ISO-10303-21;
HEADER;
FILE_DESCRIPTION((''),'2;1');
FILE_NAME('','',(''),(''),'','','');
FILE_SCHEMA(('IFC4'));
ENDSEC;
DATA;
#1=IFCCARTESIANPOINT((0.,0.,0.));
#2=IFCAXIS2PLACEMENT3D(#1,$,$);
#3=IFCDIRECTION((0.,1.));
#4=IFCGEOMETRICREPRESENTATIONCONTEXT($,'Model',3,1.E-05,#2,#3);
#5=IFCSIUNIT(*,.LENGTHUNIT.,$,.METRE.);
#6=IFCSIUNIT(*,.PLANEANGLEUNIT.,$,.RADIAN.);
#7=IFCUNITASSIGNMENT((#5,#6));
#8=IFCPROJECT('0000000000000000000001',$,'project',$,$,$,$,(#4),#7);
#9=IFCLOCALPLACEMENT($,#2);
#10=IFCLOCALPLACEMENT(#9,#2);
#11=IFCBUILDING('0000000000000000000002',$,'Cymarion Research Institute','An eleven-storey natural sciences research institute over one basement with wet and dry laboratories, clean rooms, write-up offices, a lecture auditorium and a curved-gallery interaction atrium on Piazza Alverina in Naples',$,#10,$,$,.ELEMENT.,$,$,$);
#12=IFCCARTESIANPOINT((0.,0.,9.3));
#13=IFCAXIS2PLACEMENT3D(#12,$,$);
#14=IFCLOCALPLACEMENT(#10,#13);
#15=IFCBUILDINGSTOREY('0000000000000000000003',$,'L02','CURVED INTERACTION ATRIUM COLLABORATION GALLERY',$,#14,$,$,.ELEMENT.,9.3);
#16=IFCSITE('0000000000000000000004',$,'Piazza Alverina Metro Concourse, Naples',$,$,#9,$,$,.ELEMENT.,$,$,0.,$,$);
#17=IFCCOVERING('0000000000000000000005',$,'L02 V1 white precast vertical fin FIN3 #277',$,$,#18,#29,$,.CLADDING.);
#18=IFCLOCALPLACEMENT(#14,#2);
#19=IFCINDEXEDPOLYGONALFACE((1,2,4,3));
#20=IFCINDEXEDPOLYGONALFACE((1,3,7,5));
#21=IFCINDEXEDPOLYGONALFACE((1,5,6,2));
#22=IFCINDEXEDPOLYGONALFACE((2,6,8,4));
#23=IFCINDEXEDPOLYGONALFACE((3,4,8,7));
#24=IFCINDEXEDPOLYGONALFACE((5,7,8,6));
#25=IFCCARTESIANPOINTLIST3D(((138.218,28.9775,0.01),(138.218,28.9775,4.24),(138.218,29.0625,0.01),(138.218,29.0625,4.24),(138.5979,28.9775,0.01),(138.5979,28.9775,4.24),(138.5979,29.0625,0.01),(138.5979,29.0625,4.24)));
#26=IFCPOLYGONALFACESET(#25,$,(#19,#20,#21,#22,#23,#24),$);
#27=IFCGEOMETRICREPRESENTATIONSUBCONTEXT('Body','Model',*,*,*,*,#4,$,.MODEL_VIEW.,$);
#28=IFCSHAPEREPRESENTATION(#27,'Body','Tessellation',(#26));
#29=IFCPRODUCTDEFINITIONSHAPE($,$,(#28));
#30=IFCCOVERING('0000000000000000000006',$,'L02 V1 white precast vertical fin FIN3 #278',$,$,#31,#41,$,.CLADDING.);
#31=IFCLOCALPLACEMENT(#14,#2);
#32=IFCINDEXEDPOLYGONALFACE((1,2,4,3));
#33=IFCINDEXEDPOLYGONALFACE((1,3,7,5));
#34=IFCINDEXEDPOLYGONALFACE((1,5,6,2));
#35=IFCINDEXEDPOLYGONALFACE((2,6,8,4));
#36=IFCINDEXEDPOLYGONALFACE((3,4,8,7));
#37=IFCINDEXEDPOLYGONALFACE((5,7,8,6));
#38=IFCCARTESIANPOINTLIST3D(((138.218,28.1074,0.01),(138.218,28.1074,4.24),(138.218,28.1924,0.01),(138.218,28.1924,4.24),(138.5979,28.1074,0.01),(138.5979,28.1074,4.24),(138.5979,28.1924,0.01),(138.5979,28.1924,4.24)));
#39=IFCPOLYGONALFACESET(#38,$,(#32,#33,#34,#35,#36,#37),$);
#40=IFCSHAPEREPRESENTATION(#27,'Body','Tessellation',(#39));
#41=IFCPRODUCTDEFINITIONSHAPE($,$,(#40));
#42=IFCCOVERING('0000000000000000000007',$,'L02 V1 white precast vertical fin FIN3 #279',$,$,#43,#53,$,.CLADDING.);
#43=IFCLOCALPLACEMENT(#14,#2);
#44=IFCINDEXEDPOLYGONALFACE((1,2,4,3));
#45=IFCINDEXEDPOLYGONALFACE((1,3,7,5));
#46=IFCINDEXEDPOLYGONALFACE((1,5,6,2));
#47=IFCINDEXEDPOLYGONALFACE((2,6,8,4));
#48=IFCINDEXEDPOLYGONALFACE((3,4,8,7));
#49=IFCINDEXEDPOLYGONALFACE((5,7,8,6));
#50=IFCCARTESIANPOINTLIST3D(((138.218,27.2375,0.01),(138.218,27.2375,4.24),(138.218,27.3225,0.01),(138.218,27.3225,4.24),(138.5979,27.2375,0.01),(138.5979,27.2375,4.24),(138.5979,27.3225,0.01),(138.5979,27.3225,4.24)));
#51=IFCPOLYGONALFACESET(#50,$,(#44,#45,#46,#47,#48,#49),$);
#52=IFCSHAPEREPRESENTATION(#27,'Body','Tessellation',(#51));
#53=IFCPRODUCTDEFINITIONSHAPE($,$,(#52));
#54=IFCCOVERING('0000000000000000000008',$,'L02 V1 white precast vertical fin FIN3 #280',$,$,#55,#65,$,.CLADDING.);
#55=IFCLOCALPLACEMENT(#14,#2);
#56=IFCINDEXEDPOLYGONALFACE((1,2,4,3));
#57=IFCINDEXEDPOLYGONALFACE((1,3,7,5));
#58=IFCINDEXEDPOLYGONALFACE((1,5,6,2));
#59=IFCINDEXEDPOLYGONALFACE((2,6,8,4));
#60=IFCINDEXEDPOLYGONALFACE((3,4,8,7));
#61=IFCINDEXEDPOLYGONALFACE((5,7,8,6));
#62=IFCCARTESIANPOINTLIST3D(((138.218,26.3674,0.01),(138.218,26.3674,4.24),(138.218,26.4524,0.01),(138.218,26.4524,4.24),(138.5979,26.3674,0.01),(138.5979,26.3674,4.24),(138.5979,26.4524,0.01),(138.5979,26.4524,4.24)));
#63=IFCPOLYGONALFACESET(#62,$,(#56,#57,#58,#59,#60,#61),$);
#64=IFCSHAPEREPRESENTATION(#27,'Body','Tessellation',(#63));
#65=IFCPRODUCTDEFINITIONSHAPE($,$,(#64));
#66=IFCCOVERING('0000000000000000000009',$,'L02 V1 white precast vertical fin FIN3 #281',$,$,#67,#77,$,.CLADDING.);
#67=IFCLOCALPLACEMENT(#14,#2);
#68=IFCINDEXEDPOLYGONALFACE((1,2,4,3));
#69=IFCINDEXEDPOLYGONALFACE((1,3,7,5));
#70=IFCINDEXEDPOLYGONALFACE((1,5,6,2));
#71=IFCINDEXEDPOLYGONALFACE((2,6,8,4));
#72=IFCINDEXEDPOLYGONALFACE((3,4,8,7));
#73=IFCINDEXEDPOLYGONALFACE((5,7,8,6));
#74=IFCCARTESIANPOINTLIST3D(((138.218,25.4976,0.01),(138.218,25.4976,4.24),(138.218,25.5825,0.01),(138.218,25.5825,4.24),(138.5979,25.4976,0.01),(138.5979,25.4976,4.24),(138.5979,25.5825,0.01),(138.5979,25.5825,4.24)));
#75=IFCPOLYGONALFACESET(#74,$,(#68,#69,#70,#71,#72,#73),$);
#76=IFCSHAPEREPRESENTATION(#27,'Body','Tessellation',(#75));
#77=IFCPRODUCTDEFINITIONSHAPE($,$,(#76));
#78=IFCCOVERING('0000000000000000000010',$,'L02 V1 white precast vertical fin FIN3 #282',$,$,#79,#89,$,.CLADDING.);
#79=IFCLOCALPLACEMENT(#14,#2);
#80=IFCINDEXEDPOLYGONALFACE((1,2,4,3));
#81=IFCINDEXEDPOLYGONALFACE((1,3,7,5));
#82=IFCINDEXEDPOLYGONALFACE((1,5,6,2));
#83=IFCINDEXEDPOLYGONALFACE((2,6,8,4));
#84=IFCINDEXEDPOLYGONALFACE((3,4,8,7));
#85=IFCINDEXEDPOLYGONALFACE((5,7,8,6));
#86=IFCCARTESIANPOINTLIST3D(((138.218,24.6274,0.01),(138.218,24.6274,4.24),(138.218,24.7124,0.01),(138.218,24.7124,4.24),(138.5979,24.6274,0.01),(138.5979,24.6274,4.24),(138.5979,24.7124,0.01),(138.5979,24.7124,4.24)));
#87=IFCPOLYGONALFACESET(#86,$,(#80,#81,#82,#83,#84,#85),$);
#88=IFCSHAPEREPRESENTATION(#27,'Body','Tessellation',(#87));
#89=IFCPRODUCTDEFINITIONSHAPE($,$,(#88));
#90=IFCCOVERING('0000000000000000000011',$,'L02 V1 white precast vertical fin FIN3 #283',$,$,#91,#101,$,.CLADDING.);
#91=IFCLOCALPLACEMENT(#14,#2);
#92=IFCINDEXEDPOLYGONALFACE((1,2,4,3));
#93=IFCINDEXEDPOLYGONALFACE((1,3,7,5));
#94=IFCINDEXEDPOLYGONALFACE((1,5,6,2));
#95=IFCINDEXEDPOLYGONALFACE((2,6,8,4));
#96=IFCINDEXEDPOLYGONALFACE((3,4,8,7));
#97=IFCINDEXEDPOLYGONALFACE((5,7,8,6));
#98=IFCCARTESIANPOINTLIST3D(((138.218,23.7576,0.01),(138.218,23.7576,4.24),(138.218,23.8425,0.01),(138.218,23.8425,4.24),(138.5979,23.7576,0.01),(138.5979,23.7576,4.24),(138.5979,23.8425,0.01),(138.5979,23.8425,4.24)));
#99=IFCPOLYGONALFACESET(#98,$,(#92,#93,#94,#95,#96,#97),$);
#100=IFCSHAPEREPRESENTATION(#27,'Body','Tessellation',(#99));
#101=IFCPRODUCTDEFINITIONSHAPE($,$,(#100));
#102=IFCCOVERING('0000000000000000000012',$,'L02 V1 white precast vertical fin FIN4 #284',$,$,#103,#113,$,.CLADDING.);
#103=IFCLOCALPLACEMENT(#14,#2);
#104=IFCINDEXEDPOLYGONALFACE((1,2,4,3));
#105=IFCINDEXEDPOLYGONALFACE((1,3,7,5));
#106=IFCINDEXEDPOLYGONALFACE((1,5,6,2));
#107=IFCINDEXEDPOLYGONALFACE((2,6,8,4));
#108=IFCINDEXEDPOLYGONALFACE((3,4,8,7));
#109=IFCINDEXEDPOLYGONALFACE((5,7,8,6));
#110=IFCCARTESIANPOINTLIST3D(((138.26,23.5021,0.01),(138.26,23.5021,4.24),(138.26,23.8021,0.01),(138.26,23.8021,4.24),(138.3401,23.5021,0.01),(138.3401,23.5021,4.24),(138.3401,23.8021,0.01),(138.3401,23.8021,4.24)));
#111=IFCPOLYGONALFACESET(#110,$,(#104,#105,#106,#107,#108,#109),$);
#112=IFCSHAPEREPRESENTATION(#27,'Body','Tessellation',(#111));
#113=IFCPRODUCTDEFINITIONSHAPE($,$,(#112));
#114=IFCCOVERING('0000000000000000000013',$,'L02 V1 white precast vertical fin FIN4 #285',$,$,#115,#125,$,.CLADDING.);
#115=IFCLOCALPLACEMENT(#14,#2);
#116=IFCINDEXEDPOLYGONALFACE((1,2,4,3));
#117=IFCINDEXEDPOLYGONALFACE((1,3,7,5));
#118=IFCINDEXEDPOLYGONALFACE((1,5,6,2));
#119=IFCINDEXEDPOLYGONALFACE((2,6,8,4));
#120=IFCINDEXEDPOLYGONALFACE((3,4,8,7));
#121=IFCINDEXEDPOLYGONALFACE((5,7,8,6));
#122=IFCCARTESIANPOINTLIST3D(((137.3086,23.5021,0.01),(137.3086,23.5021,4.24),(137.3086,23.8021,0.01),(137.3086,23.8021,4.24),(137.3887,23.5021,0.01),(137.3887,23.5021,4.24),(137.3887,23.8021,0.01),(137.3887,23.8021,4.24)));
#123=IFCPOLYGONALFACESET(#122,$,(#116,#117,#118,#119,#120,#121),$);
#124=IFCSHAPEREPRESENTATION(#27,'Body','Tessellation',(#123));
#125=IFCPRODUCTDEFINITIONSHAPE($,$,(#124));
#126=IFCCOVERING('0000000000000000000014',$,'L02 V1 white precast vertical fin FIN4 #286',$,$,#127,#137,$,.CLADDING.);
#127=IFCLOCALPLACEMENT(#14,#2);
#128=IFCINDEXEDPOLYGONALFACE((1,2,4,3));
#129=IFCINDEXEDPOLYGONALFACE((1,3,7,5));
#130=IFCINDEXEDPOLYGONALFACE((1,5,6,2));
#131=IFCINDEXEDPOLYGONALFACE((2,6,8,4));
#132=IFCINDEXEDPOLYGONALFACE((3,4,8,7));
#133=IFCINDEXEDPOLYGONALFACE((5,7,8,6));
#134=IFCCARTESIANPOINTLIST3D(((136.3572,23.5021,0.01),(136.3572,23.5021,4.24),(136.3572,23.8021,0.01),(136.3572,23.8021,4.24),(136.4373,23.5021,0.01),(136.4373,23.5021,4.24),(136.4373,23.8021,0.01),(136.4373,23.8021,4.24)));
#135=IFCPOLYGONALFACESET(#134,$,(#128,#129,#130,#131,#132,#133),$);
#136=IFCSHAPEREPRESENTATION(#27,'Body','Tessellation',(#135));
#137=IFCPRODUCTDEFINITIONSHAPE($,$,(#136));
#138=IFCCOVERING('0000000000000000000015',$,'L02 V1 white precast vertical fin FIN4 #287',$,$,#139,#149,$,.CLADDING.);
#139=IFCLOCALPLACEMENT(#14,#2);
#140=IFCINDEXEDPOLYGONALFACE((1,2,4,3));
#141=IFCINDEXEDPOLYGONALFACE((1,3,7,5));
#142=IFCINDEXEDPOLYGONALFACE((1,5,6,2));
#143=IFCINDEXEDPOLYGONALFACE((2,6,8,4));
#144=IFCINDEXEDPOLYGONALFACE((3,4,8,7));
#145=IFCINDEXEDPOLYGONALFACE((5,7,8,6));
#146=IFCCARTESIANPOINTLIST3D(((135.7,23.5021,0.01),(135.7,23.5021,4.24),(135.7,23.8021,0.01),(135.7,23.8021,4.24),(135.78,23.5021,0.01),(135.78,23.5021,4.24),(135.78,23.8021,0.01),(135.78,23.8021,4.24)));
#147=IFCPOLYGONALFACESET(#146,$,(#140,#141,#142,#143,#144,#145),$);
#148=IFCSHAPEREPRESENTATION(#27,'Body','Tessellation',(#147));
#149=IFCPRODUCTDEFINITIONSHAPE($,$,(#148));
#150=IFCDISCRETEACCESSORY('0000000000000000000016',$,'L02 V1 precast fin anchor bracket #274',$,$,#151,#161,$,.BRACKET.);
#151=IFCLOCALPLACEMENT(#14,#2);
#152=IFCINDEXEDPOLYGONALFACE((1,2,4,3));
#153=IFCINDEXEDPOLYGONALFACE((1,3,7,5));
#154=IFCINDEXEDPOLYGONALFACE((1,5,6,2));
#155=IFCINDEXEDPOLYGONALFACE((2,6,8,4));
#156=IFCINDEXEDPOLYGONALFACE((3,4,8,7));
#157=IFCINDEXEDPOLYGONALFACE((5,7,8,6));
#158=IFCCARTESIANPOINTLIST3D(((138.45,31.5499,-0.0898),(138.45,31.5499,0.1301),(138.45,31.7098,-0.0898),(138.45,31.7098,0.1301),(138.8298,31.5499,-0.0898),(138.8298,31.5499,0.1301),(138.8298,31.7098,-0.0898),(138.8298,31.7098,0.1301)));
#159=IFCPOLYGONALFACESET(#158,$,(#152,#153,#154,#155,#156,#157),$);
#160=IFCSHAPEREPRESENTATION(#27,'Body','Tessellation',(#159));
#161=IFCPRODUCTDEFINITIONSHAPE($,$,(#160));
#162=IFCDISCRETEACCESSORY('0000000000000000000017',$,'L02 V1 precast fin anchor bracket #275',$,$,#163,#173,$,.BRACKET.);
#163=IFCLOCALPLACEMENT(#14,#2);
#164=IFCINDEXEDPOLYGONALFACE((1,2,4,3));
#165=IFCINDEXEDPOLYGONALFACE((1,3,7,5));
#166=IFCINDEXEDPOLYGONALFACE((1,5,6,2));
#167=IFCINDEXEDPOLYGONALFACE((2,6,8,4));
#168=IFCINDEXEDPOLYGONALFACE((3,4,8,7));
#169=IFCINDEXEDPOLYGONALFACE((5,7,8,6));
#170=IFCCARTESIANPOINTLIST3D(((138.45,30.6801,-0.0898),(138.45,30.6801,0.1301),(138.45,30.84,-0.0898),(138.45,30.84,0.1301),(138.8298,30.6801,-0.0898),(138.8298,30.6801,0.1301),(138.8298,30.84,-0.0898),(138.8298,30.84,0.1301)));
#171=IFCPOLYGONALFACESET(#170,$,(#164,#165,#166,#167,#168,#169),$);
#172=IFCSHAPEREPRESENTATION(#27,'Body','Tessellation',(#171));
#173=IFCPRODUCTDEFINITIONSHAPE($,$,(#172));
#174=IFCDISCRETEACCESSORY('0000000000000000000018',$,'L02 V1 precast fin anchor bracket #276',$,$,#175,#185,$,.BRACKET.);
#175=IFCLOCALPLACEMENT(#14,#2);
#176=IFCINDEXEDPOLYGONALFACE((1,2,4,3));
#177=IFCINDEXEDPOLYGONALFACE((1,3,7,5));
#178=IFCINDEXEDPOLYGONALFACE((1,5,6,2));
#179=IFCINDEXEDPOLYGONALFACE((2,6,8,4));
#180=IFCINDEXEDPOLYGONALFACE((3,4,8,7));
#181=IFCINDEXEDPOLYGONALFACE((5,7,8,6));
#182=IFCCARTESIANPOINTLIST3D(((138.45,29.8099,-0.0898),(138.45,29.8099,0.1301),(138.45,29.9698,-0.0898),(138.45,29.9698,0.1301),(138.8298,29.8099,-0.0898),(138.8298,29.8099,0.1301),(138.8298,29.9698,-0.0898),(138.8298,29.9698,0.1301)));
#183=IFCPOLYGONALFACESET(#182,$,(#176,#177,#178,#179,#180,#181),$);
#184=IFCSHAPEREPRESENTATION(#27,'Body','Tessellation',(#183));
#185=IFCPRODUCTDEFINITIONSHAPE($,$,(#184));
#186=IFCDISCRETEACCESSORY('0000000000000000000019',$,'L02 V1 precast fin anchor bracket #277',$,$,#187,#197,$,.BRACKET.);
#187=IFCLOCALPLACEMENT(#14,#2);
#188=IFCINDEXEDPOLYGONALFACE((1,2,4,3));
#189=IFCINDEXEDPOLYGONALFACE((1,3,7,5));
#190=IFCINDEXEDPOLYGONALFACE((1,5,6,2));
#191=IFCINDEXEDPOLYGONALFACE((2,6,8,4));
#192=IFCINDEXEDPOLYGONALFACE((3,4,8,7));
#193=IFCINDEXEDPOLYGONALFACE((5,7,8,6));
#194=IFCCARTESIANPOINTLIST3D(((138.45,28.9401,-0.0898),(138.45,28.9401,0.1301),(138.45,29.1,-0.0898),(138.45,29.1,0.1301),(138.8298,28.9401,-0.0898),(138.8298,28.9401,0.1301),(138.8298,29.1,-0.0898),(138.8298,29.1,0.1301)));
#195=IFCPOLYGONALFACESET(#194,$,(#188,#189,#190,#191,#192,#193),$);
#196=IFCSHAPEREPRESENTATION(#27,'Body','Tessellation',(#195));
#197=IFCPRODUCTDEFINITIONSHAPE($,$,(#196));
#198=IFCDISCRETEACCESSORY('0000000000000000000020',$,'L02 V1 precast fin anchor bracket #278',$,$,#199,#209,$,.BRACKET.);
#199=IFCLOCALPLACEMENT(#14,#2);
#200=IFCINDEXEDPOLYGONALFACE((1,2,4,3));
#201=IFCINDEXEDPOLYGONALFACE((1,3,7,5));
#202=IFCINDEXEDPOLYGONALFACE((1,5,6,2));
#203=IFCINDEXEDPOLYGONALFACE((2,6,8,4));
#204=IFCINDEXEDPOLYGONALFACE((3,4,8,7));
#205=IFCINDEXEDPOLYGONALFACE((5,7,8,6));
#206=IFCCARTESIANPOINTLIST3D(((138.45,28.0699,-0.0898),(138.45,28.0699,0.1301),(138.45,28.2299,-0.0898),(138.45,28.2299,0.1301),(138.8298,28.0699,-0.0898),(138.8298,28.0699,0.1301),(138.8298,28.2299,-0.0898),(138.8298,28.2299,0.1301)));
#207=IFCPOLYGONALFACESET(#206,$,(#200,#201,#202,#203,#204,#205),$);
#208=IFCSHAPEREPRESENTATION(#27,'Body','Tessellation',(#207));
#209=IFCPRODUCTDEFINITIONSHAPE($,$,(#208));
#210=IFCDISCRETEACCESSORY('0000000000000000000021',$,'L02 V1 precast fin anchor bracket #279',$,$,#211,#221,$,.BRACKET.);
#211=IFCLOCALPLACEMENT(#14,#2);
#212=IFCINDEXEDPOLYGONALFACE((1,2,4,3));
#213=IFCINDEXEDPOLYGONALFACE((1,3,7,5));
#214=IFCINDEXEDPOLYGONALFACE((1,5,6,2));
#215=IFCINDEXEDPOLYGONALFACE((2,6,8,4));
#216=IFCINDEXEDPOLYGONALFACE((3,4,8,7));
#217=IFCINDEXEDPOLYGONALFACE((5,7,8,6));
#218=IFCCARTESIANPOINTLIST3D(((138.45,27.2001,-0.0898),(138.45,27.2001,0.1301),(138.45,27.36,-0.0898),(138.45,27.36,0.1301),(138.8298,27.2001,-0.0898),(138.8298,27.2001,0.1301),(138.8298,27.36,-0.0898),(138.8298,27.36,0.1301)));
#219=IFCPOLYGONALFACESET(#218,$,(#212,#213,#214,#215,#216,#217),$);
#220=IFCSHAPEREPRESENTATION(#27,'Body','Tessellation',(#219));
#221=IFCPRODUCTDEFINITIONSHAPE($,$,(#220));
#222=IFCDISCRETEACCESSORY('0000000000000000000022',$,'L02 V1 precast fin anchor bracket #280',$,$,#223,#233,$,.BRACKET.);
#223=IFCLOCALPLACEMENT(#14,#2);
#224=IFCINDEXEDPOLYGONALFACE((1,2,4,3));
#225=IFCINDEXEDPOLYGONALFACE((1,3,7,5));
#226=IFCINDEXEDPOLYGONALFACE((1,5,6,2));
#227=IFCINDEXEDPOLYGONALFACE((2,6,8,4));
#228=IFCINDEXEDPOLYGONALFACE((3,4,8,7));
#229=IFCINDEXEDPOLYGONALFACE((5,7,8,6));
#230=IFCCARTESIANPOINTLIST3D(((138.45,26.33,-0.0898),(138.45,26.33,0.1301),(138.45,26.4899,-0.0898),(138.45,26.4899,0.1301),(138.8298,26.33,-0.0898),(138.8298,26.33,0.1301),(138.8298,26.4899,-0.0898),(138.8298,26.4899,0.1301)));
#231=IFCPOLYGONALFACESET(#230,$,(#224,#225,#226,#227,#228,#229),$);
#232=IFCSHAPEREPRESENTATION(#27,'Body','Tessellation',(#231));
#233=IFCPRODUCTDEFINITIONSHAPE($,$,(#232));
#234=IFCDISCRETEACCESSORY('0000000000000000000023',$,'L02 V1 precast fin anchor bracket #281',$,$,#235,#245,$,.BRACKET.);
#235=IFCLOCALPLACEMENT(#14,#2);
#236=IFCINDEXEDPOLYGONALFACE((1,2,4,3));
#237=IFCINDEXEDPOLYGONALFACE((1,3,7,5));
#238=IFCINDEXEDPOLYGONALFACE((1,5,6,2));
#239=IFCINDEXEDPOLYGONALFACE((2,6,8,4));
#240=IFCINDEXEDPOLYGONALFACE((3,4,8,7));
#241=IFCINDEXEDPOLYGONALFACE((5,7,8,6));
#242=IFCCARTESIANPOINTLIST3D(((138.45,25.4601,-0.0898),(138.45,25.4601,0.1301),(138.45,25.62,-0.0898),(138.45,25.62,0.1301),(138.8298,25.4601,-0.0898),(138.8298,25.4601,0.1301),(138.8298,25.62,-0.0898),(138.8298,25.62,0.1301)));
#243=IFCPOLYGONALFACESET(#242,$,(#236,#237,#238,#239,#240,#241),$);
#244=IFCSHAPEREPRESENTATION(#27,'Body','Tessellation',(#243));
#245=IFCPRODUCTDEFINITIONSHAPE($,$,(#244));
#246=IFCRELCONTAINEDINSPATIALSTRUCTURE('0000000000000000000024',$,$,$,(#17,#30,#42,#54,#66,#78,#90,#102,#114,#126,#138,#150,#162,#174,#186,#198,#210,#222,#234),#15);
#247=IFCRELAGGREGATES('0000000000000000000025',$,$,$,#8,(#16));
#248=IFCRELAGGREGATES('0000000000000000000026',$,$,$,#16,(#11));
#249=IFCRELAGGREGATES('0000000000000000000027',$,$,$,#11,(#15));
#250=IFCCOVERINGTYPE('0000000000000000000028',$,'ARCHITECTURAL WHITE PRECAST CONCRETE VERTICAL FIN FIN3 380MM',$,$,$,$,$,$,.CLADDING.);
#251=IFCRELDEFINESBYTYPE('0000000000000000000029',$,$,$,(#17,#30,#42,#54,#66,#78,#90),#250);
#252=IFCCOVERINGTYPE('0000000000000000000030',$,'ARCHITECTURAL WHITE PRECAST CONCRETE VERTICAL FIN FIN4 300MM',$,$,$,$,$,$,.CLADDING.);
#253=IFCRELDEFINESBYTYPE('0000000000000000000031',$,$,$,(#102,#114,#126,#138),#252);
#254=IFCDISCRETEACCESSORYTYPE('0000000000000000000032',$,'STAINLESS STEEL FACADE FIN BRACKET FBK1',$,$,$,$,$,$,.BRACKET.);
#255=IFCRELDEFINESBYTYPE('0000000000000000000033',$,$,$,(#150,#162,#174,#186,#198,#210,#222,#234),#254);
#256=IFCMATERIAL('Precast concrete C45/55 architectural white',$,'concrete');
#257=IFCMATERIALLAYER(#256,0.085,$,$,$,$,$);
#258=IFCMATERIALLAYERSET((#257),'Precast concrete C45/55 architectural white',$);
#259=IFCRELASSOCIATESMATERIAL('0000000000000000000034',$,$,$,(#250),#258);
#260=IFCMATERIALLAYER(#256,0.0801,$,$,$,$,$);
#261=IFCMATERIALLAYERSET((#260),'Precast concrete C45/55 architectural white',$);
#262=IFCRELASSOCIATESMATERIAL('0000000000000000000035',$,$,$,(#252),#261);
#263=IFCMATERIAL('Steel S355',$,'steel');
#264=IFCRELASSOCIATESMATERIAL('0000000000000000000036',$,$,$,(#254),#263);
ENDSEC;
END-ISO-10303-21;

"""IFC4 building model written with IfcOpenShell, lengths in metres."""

from ifc_helpers import new_model, si_unit, direction, frame, origin, origin_2d, place, context, subcontext, project, spatial, rectangle, extrude, material, layer, layer_set, type_object, element, save


model = new_model("IFC4")

# Units and contexts
model_context = context("Model", 3, precision=1e-05, world=origin(), true_north=direction((0.0, 1.0)))
body_context = subcontext(model_context, "Body", "Model", "MODEL_VIEW")
ifc_project = project(units=[si_unit("LENGTHUNIT", "METRE"), si_unit("PLANEANGLEUNIT", "RADIAN")], contexts=[model_context])

# Site, building, storey
site_placement = place(None, origin())
site = spatial("IfcSite", under=ifc_project, at=site_placement, Name="Piazza Alverina Metro Concourse, Naples", CompositionType="ELEMENT", RefElevation=0.0)
building_placement = place(site_placement, origin())
building = spatial("IfcBuilding", under=site, at=building_placement, Name="Cymarion Research Institute", Description="An eleven-storey natural sciences research institute over one basement with wet and dry laboratories, clean rooms, write-up offices, a lecture auditorium and a curved-gallery interaction atrium on Piazza Alverina in Naples", CompositionType="ELEMENT")
storey_placement = place(building_placement, frame((0.0, 0.0, 9.3)))
storey = spatial("IfcBuildingStorey", under=building, at=storey_placement, Name="L02", Description="CURVED INTERACTION ATRIUM COLLABORATION GALLERY", CompositionType="ELEMENT", Elevation=9.3)

# Shared definitions
ifc_material_1 = material(Name="Steel S355", Category="steel")

# Coverings
ifc_material_2 = material(Name="Precast concrete C45/55 architectural white", Category="concrete")
ifc_layer_1 = layer(ifc_material_2, 0.085)
ifc_layer_set_1 = layer_set([ifc_layer_1], Name="Precast concrete C45/55 architectural white")
covering_type_1 = type_object("IfcCoveringType", Name="ARCHITECTURAL WHITE PRECAST CONCRETE VERTICAL FIN FIN3 380MM", PredefinedType="CLADDING", material=ifc_layer_set_1)
for number, where, z_axis, x_axis, name in (
    (1, (138.408, 29.02, 0.01), (0.0, 0.0, 1.0), (-1.0, 0.0, 0.0), "L02 V1 white precast vertical fin FIN3 #277"),
    (2, (138.408, 28.1499, 0.01), (0.0, 0.0, 1.0), (-1.0, 0.0, 0.0), "L02 V1 white precast vertical fin FIN3 #278"),
    (3, (138.408, 27.28, 0.01), (0.0, 0.0, 1.0), (-1.0, 0.0, 0.0), "L02 V1 white precast vertical fin FIN3 #279"),
    (4, (138.408, 26.4099, 0.01), (0.0, 0.0, 1.0), (-1.0, 0.0, 0.0), "L02 V1 white precast vertical fin FIN3 #280"),
    (5, (138.408, 25.54, 0.01), (0.0, 0.0, 1.0), (-1.0, 0.0, 0.0), "L02 V1 white precast vertical fin FIN3 #281"),
    (6, (138.408, 24.6699, 0.01), (0.0, 0.0, 1.0), (-1.0, 0.0, 0.0), "L02 V1 white precast vertical fin FIN3 #282"),
    (7, (138.408, 23.8, 0.01), (0.0, 0.0, 1.0), (-1.0, 0.0, 0.0), "L02 V1 white precast vertical fin FIN3 #283"),
):
    element("IfcCovering", number, at=place(storey_placement, frame(where, z_axis=z_axis, x_axis=x_axis)), inside=storey, type_object=covering_type_1, Name=name, PredefinedType="CLADDING", context=body_context, shape_type="SweptSolid", body=[
        extrude(rectangle(XDim=0.3799, YDim=0.085, at=origin_2d()), origin(), (0.0, 0.0, 1.0), 4.23),
    ])
ifc_layer_2 = layer(ifc_material_2, 0.0801)
ifc_layer_set_2 = layer_set([ifc_layer_2], Name="Precast concrete C45/55 architectural white")
covering_type_2 = type_object("IfcCoveringType", Name="ARCHITECTURAL WHITE PRECAST CONCRETE VERTICAL FIN FIN4 300MM", PredefinedType="CLADDING", material=ifc_layer_set_2)
for number, where, z_axis, x_axis, name in (
    (8, (138.3, 23.6521, 0.01), (0.0, 0.0, 1.0), (0.0, 1.0, 0.0), "L02 V1 white precast vertical fin FIN4 #284"),
    (9, (137.3486, 23.6521, 0.01), (0.0, 0.0, 1.0), (0.0, 1.0, 0.0), "L02 V1 white precast vertical fin FIN4 #285"),
    (10, (136.3972, 23.6521, 0.01), (0.0, 0.0, 1.0), (0.0, 1.0, 0.0), "L02 V1 white precast vertical fin FIN4 #286"),
    (11, (135.74, 23.6521, 0.01), (0.0, 0.0, 1.0), (0.0, 1.0, 0.0), "L02 V1 white precast vertical fin FIN4 #287"),
):
    element("IfcCovering", number, at=place(storey_placement, frame(where, z_axis=z_axis, x_axis=x_axis)), inside=storey, type_object=covering_type_2, Name=name, PredefinedType="CLADDING", context=body_context, shape_type="SweptSolid", body=[
        extrude(rectangle(XDim=0.3, YDim=0.0801, at=origin_2d()), origin(), (0.0, 0.0, 1.0), 4.23),
    ])

# Discrete accessories
discrete_accessory_type = type_object("IfcDiscreteAccessoryType", Name="STAINLESS STEEL FACADE FIN BRACKET FBK1", PredefinedType="BRACKET", material=ifc_material_1)
for number, where, z_axis, x_axis, name in (
    (12, (138.6399, 31.6299, -0.0898), (0.0, 0.0, 1.0), (-1.0, 0.0, 0.0), "L02 V1 precast fin anchor bracket #274"),
    (13, (138.6399, 30.76, -0.0898), (0.0, 0.0, 1.0), (-1.0, 0.0, 0.0), "L02 V1 precast fin anchor bracket #275"),
    (14, (138.6399, 29.8899, -0.0898), (0.0, 0.0, 1.0), (-1.0, 0.0, 0.0), "L02 V1 precast fin anchor bracket #276"),
    (15, (138.6399, 29.02, -0.0898), (0.0, 0.0, 1.0), (-1.0, 0.0, 0.0), "L02 V1 precast fin anchor bracket #277"),
    (16, (138.6399, 28.1499, -0.0898), (0.0, 0.0, 1.0), (-1.0, 0.0, 0.0), "L02 V1 precast fin anchor bracket #278"),
    (17, (138.6399, 27.28, -0.0898), (0.0, 0.0, 1.0), (-1.0, 0.0, 0.0), "L02 V1 precast fin anchor bracket #279"),
    (18, (138.6399, 26.4099, -0.0898), (0.0, 0.0, 1.0), (-1.0, 0.0, 0.0), "L02 V1 precast fin anchor bracket #280"),
    (19, (138.6399, 25.54, -0.0898), (0.0, 0.0, 1.0), (-1.0, 0.0, 0.0), "L02 V1 precast fin anchor bracket #281"),
):
    element("IfcDiscreteAccessory", number, at=place(storey_placement, frame(where, z_axis=z_axis, x_axis=x_axis)), inside=storey, type_object=discrete_accessory_type, Name=name, PredefinedType="BRACKET", context=body_context, shape_type="SweptSolid", body=[
        extrude(rectangle(XDim=0.3799, YDim=0.1599, at=origin_2d()), origin(), (0.0, 0.0, 1.0), 0.22),
    ])

save(model, "model.ifc")
